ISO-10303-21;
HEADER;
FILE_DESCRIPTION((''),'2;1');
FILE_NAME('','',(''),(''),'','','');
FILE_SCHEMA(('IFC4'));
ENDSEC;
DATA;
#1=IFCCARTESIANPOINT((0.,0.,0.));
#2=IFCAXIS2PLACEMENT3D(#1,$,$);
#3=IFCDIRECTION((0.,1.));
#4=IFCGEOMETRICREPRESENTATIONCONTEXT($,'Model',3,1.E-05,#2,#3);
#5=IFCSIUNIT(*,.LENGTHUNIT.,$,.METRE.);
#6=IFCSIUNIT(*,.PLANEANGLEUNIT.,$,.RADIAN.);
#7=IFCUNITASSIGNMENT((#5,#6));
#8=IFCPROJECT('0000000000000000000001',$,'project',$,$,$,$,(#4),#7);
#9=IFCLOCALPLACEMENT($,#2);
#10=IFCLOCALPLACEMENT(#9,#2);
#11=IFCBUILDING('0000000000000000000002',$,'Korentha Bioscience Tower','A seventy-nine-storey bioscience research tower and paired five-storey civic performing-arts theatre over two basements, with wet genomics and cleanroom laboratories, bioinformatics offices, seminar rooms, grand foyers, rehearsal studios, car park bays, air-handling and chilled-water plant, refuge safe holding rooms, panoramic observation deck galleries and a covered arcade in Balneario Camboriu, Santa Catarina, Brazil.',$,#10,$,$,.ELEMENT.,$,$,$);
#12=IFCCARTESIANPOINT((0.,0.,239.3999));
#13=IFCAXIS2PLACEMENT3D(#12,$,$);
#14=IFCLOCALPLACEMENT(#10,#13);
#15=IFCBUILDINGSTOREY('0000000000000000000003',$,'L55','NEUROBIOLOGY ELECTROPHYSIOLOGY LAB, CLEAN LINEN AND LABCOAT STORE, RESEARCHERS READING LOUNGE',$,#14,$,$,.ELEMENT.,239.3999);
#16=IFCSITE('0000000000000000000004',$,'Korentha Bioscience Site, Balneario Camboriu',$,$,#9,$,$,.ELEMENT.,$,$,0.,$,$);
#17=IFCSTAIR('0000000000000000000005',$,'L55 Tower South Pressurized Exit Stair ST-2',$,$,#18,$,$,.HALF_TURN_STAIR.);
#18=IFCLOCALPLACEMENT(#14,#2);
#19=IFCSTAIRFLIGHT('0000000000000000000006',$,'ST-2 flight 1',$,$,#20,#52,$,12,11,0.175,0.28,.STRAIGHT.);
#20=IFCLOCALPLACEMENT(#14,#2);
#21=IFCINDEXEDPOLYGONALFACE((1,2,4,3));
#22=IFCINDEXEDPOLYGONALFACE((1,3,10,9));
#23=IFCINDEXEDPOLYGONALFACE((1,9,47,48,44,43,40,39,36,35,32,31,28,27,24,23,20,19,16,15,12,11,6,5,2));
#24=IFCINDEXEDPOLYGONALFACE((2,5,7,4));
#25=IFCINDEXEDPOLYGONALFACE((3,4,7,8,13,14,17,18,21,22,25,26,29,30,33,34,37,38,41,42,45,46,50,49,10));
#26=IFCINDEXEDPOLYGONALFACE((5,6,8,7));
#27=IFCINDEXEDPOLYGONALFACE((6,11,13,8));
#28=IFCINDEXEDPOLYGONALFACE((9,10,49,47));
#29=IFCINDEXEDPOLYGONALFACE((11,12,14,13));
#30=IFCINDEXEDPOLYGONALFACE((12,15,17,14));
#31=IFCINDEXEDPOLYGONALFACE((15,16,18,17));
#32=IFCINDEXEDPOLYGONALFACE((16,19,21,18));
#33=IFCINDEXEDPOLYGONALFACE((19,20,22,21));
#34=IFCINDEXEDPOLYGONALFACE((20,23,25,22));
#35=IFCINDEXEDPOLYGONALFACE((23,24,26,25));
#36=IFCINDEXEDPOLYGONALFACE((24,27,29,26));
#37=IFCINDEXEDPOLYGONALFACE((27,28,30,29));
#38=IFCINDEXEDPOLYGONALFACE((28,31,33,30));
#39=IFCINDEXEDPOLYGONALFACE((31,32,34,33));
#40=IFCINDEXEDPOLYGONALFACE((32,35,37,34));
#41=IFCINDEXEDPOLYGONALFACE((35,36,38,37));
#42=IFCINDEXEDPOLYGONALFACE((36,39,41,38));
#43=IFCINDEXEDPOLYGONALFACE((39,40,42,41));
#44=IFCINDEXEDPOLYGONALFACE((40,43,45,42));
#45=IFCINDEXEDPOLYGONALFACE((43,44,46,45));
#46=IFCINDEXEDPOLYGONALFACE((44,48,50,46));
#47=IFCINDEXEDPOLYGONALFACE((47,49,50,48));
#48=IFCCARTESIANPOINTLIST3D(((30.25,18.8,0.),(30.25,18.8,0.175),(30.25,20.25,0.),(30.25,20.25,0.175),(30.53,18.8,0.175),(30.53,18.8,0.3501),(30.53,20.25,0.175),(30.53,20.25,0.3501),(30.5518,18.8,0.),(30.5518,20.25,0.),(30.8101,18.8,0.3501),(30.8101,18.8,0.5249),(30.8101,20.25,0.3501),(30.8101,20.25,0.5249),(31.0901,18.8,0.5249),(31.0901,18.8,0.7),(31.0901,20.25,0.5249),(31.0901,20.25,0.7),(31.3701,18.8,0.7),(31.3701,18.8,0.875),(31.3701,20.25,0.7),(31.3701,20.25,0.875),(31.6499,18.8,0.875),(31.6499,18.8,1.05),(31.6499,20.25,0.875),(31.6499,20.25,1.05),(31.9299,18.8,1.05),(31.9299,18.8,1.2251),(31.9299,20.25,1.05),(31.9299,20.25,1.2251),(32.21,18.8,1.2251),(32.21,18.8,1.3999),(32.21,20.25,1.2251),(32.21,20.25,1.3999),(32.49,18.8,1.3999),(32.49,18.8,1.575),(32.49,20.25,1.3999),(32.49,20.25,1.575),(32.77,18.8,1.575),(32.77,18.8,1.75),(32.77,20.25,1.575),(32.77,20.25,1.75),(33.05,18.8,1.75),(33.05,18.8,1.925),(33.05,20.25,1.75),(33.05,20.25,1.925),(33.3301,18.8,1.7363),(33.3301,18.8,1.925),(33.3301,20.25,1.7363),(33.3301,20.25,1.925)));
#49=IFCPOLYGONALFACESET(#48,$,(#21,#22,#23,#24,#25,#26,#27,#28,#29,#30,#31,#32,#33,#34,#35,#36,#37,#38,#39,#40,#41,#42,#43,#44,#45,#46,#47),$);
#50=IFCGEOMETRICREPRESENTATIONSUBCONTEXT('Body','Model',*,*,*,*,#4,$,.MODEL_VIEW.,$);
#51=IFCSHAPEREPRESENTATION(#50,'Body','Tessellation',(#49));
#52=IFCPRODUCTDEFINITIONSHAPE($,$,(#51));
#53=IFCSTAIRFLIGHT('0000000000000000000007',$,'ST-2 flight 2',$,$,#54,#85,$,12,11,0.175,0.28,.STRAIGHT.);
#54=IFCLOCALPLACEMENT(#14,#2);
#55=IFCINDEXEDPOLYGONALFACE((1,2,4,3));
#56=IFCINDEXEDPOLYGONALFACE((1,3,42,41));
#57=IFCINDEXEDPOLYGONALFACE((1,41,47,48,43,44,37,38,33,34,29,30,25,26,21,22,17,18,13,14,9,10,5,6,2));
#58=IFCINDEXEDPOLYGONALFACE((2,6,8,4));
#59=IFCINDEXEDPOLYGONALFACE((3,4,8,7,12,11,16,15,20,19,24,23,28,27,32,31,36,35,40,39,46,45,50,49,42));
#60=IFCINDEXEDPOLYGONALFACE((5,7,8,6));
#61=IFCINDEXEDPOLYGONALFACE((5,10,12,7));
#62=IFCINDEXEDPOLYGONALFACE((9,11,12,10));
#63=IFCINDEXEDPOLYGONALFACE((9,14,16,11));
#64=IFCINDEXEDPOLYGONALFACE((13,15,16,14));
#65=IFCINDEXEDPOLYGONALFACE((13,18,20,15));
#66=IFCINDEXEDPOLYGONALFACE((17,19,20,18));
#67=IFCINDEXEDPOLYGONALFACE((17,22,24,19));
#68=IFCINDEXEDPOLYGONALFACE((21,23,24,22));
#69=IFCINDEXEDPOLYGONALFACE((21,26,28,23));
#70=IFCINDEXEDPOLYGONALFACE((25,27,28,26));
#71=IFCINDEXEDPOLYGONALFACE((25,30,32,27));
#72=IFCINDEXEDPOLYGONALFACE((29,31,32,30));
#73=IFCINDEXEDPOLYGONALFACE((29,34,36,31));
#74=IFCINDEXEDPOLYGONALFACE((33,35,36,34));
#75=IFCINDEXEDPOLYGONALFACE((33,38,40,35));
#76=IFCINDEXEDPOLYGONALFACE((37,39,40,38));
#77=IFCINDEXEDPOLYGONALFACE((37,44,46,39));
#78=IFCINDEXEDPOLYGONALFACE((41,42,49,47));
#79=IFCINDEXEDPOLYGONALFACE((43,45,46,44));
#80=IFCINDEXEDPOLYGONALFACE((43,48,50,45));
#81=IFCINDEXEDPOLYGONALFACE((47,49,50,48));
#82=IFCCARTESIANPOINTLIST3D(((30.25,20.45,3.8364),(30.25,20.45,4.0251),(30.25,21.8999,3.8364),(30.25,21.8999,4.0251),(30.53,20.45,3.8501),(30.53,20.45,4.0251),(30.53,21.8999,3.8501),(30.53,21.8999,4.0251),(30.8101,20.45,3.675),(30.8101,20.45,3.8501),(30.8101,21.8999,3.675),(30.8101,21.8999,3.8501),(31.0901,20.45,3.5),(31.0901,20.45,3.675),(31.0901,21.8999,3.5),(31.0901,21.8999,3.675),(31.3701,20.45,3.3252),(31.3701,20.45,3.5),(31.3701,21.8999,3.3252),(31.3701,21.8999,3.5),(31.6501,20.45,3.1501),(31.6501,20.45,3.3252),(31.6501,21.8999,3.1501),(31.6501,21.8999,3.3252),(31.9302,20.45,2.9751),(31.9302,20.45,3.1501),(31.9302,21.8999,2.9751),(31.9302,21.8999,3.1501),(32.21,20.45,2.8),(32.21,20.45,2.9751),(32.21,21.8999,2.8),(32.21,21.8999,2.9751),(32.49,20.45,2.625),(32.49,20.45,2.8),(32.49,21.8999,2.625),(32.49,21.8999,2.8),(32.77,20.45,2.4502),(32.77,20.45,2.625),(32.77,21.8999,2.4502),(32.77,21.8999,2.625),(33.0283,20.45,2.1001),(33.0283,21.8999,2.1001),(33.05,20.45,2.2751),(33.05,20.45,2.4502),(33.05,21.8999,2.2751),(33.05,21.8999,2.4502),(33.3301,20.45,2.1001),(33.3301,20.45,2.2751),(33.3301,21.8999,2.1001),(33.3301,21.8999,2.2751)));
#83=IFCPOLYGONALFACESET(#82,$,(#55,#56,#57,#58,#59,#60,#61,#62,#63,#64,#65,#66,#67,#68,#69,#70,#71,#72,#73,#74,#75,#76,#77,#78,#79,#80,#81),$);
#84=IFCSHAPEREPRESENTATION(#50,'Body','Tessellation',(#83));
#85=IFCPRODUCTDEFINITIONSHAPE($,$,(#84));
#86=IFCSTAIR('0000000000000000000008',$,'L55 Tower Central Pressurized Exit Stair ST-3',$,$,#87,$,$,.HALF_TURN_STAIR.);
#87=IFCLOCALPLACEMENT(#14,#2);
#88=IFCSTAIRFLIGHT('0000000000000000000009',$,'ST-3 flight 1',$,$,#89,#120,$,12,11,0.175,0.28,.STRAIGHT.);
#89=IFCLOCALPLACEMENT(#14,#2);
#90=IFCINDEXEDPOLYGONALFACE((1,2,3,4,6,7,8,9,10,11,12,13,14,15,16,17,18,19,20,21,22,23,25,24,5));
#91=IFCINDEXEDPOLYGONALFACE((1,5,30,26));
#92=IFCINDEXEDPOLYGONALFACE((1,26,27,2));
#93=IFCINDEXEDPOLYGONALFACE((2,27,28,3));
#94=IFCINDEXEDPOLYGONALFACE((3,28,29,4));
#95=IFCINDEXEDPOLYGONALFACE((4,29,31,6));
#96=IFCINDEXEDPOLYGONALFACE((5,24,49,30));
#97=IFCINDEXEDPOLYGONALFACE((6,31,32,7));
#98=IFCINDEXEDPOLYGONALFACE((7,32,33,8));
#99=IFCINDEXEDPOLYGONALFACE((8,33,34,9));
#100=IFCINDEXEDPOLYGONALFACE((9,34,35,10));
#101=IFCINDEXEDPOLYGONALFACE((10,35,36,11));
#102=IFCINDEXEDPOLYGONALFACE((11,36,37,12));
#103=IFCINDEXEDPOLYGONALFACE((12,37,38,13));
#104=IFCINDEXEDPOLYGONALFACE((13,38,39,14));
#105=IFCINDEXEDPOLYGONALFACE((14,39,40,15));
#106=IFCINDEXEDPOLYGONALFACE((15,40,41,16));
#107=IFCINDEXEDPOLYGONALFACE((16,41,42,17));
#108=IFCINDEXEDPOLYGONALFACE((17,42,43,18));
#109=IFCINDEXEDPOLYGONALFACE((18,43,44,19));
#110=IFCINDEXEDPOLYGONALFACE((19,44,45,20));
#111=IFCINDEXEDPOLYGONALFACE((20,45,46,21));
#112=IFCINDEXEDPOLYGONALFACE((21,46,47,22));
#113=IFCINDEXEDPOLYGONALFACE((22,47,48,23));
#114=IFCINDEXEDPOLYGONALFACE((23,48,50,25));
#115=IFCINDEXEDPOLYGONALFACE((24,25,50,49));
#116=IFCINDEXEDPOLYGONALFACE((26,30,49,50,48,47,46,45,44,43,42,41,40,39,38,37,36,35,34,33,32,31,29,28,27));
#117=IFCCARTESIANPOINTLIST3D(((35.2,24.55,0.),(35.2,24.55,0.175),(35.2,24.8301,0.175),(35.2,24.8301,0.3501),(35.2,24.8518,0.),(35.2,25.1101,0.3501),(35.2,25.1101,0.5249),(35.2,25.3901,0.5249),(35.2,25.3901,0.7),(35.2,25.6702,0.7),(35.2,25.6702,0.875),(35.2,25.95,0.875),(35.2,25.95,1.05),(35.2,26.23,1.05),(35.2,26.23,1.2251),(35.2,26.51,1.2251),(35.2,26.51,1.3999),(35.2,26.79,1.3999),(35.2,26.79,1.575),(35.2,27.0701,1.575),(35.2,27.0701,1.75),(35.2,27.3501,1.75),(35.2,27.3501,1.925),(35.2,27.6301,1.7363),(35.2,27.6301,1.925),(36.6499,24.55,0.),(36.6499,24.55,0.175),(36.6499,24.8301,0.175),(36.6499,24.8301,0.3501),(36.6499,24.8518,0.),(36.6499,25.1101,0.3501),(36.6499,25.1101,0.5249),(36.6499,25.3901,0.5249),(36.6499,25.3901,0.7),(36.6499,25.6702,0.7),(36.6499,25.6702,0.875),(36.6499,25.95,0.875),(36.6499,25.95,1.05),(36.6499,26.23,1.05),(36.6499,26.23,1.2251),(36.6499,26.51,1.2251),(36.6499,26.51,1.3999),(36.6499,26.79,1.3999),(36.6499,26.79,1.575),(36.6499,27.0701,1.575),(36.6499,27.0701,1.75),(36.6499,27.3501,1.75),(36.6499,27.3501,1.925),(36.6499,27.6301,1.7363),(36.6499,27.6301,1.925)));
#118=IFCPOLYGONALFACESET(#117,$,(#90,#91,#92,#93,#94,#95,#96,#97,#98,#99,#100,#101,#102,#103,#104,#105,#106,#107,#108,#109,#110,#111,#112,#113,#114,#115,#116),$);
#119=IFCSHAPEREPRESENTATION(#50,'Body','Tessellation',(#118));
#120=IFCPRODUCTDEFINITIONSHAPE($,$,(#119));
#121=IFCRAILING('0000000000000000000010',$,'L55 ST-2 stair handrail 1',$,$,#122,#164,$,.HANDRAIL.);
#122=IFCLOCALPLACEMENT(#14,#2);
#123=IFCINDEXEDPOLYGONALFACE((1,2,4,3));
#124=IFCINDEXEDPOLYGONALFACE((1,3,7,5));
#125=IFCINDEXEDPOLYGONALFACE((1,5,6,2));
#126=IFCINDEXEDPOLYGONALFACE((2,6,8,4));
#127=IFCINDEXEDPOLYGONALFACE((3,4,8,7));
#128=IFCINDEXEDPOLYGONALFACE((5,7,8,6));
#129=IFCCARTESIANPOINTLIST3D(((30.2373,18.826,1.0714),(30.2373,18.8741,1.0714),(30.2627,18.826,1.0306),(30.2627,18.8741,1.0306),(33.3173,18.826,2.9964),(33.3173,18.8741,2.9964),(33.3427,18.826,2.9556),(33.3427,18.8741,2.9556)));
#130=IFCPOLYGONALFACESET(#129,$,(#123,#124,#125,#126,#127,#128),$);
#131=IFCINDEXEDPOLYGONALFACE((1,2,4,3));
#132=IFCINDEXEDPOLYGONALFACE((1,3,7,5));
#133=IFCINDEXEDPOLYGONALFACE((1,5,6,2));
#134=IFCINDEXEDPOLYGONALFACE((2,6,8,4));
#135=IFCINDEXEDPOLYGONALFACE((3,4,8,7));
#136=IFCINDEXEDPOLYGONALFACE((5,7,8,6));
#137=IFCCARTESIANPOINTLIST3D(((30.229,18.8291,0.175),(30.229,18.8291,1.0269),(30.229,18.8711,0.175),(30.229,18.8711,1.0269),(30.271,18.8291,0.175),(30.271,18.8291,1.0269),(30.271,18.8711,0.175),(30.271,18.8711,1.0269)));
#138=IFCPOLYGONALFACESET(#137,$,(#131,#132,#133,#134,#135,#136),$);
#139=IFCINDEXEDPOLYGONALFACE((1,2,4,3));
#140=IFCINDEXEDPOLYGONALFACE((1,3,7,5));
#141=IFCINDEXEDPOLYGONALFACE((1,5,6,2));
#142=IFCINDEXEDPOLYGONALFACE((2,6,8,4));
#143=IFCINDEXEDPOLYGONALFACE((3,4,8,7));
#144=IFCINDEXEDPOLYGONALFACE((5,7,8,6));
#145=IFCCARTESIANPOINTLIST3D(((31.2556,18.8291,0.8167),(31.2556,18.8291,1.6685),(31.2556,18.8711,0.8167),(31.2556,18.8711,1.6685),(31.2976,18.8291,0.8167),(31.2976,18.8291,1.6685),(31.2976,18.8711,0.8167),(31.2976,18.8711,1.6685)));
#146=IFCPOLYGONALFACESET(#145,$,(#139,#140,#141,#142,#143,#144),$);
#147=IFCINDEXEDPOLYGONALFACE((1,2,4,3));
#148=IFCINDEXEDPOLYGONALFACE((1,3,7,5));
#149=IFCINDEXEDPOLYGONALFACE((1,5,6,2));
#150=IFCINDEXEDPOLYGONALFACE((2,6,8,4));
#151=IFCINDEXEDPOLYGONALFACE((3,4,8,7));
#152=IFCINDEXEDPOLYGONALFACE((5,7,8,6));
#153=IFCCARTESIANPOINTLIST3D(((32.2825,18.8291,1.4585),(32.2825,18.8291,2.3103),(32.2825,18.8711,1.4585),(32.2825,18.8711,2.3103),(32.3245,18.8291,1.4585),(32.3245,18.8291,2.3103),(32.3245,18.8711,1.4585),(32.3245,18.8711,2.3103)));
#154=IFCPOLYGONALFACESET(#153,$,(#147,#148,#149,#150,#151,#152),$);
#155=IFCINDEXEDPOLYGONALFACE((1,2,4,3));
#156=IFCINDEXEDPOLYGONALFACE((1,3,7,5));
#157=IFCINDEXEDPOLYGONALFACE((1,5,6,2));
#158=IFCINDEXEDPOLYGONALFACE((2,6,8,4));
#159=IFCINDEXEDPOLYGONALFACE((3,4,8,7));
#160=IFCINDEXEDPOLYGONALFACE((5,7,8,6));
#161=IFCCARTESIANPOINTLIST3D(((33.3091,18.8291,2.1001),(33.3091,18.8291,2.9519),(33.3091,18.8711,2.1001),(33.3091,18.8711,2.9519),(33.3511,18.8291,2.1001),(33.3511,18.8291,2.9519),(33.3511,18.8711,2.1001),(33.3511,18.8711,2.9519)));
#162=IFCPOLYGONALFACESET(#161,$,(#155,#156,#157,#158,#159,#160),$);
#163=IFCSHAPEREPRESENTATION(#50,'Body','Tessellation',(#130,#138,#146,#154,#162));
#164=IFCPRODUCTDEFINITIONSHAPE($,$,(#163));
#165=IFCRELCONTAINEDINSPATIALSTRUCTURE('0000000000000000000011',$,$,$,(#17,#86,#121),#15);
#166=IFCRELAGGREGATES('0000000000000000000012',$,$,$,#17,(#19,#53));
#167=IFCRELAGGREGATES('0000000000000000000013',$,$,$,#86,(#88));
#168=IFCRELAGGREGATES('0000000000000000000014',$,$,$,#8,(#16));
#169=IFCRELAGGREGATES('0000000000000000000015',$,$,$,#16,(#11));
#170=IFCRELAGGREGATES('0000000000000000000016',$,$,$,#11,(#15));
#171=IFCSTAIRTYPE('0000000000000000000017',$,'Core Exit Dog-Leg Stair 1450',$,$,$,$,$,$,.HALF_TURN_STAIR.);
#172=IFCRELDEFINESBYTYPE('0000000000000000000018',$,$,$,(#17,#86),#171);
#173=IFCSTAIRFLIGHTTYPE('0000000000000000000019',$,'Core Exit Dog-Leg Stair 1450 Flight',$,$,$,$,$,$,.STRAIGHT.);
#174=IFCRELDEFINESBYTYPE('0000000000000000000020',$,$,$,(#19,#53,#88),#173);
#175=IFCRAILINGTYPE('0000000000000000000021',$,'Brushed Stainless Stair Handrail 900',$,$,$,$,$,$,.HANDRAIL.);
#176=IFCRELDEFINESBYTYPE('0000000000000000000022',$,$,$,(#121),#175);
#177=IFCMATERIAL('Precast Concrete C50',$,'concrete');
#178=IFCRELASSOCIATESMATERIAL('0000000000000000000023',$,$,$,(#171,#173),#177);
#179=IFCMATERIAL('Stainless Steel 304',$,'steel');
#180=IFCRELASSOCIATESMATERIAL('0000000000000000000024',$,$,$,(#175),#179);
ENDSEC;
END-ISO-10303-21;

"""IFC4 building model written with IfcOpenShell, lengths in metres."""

from ifc_helpers import new_model, si_unit, direction, frame, origin, origin_2d, place, context, subcontext, project, spatial, polyline, rectangle, outline, extrude, material, type_object, element, aggregate, save


model = new_model("IFC4")

# Units and contexts
model_context = context("Model", 3, precision=1e-05, world=origin(), true_north=direction((0.0, 1.0)))
body_context = subcontext(model_context, "Body", "Model", "MODEL_VIEW")
ifc_project = project(units=[si_unit("LENGTHUNIT", "METRE"), si_unit("PLANEANGLEUNIT", "RADIAN")], contexts=[model_context])

# Site, building, storey
site_placement = place(None, origin())
site = spatial("IfcSite", under=ifc_project, at=site_placement, Name="Korentha Bioscience Site, Balneario Camboriu", CompositionType="ELEMENT", RefElevation=0.0)
building_placement = place(site_placement, origin())
building = spatial("IfcBuilding", under=site, at=building_placement, Name="Korentha Bioscience Tower", Description="A seventy-nine-storey bioscience research tower and paired five-storey civic performing-arts theatre over two basements, with wet genomics and cleanroom laboratories, bioinformatics offices, seminar rooms, grand foyers, rehearsal studios, car park bays, air-handling and chilled-water plant, refuge safe holding rooms, panoramic observation deck galleries and a covered arcade in Balneario Camboriu, Santa Catarina, Brazil.", CompositionType="ELEMENT")
storey_placement = place(building_placement, frame((0.0, 0.0, 239.3999)))
storey = spatial("IfcBuildingStorey", under=building, at=storey_placement, Name="L55", Description="NEUROBIOLOGY ELECTROPHYSIOLOGY LAB, CLEAN LINEN AND LABCOAT STORE, RESEARCHERS READING LOUNGE", CompositionType="ELEMENT", Elevation=239.3999)

# Stair, stair flights
ifc_material_1 = material(Name="Precast Concrete C50", Category="concrete")
stair_type = type_object("IfcStairType", Name="Core Exit Dog-Leg Stair 1450", PredefinedType="HALF_TURN_STAIR", material=ifc_material_1)
stair_1_placement = place(storey_placement, origin())
stair_1 = element("IfcStair", 1, at=stair_1_placement, inside=storey, type_object=stair_type, Name="L55 Tower South Pressurized Exit Stair ST-2", PredefinedType="HALF_TURN_STAIR")
stair_flight_type = type_object("IfcStairFlightType", Name="Core Exit Dog-Leg Stair 1450 Flight", PredefinedType="STRAIGHT", material=ifc_material_1)
stair_flight_1_placement = place(storey_placement, frame((30.25, 19.5249, 0.0), z_axis=(0.0, 0.0, 1.0), x_axis=(1.0, 0.0, 0.0)))
stair_flight_1 = element("IfcStairFlight", 2, at=stair_flight_1_placement, type_object=stair_flight_type, Name="ST-2 flight 1", NumberOfRisers=12, NumberOfTreads=11, PredefinedType="STRAIGHT", RiserHeight=0.175, TreadLength=0.28, context=body_context, shape_type="SweptSolid", body=[
    extrude(outline(polyline([(0.0, 0.0), (0.0, 0.175), (0.28, 0.175), (0.28, 0.3501), (0.5601, 0.3501), (0.5601, 0.5249), (0.8401, 0.5249), (0.8401, 0.7), (1.1201, 0.7), (1.1201, 0.875), (1.3999, 0.875), (1.3999, 1.05), (1.6799, 1.05), (1.6799, 1.2251), (1.96, 1.2251), (1.96, 1.3999), (2.24, 1.3999), (2.24, 1.575), (2.52, 1.575), (2.52, 1.75), (2.8, 1.75), (2.8, 1.925), (3.0801, 1.925), (3.0801, 2.1001), (3.0801, 1.7363), (0.3018, 0.0), (0.0, 0.0)])), frame((0.0, 0.7251, 0.0), z_axis=(0.0, -1.0, 0.0), x_axis=(1.0, 0.0, 0.0)), (0.0, 0.0, 1.0), 1.45),
])
stair_flight_2_placement = place(storey_placement, frame((33.3301, 21.175, 2.1001), z_axis=(0.0, 0.0, 1.0), x_axis=(-1.0, 0.0, 0.0)))
stair_flight_2 = element("IfcStairFlight", 3, at=stair_flight_2_placement, type_object=stair_flight_type, Name="ST-2 flight 2", NumberOfRisers=12, NumberOfTreads=11, PredefinedType="STRAIGHT", RiserHeight=0.175, TreadLength=0.28, context=body_context, shape_type="SweptSolid", body=[
    extrude(outline(polyline([(0.0, 0.0), (0.0, 0.175), (0.28, 0.175), (0.28, 0.3501), (0.5601, 0.3501), (0.5601, 0.5249), (0.8401, 0.5249), (0.8401, 0.7), (1.1201, 0.7), (1.1201, 0.875), (1.3999, 0.875), (1.3999, 1.05), (1.6799, 1.05), (1.6799, 1.2251), (1.96, 1.2251), (1.96, 1.3999), (2.24, 1.3999), (2.24, 1.575), (2.52, 1.575), (2.52, 1.75), (2.8, 1.75), (2.8, 1.925), (3.0801, 1.925), (3.0801, 2.1001), (3.0801, 1.7363), (0.3018, 0.0), (0.0, 0.0)])), frame((0.0, 0.7251, 0.0), z_axis=(0.0, -1.0, 0.0), x_axis=(1.0, 0.0, 0.0)), (0.0, 0.0, 1.0), 1.45),
])
aggregate(stair_1, [stair_flight_1, stair_flight_2])

# Stair, stair flight
stair_2_placement = place(storey_placement, origin())
stair_2 = element("IfcStair", 4, at=stair_2_placement, inside=storey, type_object=stair_type, Name="L55 Tower Central Pressurized Exit Stair ST-3", PredefinedType="HALF_TURN_STAIR")
stair_flight_3_placement = place(storey_placement, frame((35.925, 24.55, 0.0), z_axis=(0.0, 0.0, 1.0), x_axis=(0.0, 1.0, 0.0)))
stair_flight_3 = element("IfcStairFlight", 5, at=stair_flight_3_placement, type_object=stair_flight_type, Name="ST-3 flight 1", NumberOfRisers=12, NumberOfTreads=11, PredefinedType="STRAIGHT", RiserHeight=0.175, TreadLength=0.28, context=body_context, shape_type="SweptSolid", body=[
    extrude(outline(polyline([(0.0, 0.0), (0.0, 0.175), (0.28, 0.175), (0.28, 0.3501), (0.5601, 0.3501), (0.5601, 0.5249), (0.8401, 0.5249), (0.8401, 0.7), (1.1201, 0.7), (1.1201, 0.875), (1.3999, 0.875), (1.3999, 1.05), (1.6799, 1.05), (1.6799, 1.2251), (1.96, 1.2251), (1.96, 1.3999), (2.24, 1.3999), (2.24, 1.575), (2.52, 1.575), (2.52, 1.75), (2.8, 1.75), (2.8, 1.925), (3.0801, 1.925), (3.0801, 2.1001), (3.0801, 1.7363), (0.3018, 0.0), (0.0, 0.0)])), frame((0.0, 0.7251, 0.0), z_axis=(0.0, -1.0, 0.0), x_axis=(1.0, 0.0, 0.0)), (0.0, 0.0, 1.0), 1.45),
])
aggregate(stair_2, [stair_flight_3])

# Railing
ifc_material_2 = material(Name="Stainless Steel 304", Category="steel")
railing_type_1 = type_object("IfcRailingType", Name="Brushed Stainless Stair Handrail 900", PredefinedType="HANDRAIL", material=ifc_material_2)
railing_1_placement = place(storey_placement, frame((30.25, 18.8501, 0.175)))
element("IfcRailing", 6, at=railing_1_placement, inside=storey, type_object=railing_type_1, Name="L55 ST-2 stair handrail 1", PredefinedType="HANDRAIL", context=body_context, shape_type="SweptSolid", body=[
    extrude(rectangle(XDim=0.0481, YDim=0.0481, at=origin_2d()), frame((0.0, 0.0, 0.876), z_axis=(0.847998, 0.0, 0.529999), x_axis=(0.0, 1.0, 0.0)), (0.0, 0.0, 1.0), 3.6321),
    extrude(rectangle(XDim=0.042, YDim=0.042, at=origin_2d()), origin(), (0.0, 0.0, 1.0), 0.8518),
    extrude(rectangle(XDim=0.042, YDim=0.042, at=origin_2d()), frame((1.0266, 0.0, 0.6416)), (0.0, 0.0, 1.0), 0.8518),
    extrude(rectangle(XDim=0.042, YDim=0.042, at=origin_2d()), frame((2.0535, 0.0, 1.2834)), (0.0, 0.0, 1.0), 0.8518),
    extrude(rectangle(XDim=0.042, YDim=0.042, at=origin_2d()), frame((3.0801, 0.0, 1.925)), (0.0, 0.0, 1.0), 0.8518),
])

save(model, "model.ifc")
